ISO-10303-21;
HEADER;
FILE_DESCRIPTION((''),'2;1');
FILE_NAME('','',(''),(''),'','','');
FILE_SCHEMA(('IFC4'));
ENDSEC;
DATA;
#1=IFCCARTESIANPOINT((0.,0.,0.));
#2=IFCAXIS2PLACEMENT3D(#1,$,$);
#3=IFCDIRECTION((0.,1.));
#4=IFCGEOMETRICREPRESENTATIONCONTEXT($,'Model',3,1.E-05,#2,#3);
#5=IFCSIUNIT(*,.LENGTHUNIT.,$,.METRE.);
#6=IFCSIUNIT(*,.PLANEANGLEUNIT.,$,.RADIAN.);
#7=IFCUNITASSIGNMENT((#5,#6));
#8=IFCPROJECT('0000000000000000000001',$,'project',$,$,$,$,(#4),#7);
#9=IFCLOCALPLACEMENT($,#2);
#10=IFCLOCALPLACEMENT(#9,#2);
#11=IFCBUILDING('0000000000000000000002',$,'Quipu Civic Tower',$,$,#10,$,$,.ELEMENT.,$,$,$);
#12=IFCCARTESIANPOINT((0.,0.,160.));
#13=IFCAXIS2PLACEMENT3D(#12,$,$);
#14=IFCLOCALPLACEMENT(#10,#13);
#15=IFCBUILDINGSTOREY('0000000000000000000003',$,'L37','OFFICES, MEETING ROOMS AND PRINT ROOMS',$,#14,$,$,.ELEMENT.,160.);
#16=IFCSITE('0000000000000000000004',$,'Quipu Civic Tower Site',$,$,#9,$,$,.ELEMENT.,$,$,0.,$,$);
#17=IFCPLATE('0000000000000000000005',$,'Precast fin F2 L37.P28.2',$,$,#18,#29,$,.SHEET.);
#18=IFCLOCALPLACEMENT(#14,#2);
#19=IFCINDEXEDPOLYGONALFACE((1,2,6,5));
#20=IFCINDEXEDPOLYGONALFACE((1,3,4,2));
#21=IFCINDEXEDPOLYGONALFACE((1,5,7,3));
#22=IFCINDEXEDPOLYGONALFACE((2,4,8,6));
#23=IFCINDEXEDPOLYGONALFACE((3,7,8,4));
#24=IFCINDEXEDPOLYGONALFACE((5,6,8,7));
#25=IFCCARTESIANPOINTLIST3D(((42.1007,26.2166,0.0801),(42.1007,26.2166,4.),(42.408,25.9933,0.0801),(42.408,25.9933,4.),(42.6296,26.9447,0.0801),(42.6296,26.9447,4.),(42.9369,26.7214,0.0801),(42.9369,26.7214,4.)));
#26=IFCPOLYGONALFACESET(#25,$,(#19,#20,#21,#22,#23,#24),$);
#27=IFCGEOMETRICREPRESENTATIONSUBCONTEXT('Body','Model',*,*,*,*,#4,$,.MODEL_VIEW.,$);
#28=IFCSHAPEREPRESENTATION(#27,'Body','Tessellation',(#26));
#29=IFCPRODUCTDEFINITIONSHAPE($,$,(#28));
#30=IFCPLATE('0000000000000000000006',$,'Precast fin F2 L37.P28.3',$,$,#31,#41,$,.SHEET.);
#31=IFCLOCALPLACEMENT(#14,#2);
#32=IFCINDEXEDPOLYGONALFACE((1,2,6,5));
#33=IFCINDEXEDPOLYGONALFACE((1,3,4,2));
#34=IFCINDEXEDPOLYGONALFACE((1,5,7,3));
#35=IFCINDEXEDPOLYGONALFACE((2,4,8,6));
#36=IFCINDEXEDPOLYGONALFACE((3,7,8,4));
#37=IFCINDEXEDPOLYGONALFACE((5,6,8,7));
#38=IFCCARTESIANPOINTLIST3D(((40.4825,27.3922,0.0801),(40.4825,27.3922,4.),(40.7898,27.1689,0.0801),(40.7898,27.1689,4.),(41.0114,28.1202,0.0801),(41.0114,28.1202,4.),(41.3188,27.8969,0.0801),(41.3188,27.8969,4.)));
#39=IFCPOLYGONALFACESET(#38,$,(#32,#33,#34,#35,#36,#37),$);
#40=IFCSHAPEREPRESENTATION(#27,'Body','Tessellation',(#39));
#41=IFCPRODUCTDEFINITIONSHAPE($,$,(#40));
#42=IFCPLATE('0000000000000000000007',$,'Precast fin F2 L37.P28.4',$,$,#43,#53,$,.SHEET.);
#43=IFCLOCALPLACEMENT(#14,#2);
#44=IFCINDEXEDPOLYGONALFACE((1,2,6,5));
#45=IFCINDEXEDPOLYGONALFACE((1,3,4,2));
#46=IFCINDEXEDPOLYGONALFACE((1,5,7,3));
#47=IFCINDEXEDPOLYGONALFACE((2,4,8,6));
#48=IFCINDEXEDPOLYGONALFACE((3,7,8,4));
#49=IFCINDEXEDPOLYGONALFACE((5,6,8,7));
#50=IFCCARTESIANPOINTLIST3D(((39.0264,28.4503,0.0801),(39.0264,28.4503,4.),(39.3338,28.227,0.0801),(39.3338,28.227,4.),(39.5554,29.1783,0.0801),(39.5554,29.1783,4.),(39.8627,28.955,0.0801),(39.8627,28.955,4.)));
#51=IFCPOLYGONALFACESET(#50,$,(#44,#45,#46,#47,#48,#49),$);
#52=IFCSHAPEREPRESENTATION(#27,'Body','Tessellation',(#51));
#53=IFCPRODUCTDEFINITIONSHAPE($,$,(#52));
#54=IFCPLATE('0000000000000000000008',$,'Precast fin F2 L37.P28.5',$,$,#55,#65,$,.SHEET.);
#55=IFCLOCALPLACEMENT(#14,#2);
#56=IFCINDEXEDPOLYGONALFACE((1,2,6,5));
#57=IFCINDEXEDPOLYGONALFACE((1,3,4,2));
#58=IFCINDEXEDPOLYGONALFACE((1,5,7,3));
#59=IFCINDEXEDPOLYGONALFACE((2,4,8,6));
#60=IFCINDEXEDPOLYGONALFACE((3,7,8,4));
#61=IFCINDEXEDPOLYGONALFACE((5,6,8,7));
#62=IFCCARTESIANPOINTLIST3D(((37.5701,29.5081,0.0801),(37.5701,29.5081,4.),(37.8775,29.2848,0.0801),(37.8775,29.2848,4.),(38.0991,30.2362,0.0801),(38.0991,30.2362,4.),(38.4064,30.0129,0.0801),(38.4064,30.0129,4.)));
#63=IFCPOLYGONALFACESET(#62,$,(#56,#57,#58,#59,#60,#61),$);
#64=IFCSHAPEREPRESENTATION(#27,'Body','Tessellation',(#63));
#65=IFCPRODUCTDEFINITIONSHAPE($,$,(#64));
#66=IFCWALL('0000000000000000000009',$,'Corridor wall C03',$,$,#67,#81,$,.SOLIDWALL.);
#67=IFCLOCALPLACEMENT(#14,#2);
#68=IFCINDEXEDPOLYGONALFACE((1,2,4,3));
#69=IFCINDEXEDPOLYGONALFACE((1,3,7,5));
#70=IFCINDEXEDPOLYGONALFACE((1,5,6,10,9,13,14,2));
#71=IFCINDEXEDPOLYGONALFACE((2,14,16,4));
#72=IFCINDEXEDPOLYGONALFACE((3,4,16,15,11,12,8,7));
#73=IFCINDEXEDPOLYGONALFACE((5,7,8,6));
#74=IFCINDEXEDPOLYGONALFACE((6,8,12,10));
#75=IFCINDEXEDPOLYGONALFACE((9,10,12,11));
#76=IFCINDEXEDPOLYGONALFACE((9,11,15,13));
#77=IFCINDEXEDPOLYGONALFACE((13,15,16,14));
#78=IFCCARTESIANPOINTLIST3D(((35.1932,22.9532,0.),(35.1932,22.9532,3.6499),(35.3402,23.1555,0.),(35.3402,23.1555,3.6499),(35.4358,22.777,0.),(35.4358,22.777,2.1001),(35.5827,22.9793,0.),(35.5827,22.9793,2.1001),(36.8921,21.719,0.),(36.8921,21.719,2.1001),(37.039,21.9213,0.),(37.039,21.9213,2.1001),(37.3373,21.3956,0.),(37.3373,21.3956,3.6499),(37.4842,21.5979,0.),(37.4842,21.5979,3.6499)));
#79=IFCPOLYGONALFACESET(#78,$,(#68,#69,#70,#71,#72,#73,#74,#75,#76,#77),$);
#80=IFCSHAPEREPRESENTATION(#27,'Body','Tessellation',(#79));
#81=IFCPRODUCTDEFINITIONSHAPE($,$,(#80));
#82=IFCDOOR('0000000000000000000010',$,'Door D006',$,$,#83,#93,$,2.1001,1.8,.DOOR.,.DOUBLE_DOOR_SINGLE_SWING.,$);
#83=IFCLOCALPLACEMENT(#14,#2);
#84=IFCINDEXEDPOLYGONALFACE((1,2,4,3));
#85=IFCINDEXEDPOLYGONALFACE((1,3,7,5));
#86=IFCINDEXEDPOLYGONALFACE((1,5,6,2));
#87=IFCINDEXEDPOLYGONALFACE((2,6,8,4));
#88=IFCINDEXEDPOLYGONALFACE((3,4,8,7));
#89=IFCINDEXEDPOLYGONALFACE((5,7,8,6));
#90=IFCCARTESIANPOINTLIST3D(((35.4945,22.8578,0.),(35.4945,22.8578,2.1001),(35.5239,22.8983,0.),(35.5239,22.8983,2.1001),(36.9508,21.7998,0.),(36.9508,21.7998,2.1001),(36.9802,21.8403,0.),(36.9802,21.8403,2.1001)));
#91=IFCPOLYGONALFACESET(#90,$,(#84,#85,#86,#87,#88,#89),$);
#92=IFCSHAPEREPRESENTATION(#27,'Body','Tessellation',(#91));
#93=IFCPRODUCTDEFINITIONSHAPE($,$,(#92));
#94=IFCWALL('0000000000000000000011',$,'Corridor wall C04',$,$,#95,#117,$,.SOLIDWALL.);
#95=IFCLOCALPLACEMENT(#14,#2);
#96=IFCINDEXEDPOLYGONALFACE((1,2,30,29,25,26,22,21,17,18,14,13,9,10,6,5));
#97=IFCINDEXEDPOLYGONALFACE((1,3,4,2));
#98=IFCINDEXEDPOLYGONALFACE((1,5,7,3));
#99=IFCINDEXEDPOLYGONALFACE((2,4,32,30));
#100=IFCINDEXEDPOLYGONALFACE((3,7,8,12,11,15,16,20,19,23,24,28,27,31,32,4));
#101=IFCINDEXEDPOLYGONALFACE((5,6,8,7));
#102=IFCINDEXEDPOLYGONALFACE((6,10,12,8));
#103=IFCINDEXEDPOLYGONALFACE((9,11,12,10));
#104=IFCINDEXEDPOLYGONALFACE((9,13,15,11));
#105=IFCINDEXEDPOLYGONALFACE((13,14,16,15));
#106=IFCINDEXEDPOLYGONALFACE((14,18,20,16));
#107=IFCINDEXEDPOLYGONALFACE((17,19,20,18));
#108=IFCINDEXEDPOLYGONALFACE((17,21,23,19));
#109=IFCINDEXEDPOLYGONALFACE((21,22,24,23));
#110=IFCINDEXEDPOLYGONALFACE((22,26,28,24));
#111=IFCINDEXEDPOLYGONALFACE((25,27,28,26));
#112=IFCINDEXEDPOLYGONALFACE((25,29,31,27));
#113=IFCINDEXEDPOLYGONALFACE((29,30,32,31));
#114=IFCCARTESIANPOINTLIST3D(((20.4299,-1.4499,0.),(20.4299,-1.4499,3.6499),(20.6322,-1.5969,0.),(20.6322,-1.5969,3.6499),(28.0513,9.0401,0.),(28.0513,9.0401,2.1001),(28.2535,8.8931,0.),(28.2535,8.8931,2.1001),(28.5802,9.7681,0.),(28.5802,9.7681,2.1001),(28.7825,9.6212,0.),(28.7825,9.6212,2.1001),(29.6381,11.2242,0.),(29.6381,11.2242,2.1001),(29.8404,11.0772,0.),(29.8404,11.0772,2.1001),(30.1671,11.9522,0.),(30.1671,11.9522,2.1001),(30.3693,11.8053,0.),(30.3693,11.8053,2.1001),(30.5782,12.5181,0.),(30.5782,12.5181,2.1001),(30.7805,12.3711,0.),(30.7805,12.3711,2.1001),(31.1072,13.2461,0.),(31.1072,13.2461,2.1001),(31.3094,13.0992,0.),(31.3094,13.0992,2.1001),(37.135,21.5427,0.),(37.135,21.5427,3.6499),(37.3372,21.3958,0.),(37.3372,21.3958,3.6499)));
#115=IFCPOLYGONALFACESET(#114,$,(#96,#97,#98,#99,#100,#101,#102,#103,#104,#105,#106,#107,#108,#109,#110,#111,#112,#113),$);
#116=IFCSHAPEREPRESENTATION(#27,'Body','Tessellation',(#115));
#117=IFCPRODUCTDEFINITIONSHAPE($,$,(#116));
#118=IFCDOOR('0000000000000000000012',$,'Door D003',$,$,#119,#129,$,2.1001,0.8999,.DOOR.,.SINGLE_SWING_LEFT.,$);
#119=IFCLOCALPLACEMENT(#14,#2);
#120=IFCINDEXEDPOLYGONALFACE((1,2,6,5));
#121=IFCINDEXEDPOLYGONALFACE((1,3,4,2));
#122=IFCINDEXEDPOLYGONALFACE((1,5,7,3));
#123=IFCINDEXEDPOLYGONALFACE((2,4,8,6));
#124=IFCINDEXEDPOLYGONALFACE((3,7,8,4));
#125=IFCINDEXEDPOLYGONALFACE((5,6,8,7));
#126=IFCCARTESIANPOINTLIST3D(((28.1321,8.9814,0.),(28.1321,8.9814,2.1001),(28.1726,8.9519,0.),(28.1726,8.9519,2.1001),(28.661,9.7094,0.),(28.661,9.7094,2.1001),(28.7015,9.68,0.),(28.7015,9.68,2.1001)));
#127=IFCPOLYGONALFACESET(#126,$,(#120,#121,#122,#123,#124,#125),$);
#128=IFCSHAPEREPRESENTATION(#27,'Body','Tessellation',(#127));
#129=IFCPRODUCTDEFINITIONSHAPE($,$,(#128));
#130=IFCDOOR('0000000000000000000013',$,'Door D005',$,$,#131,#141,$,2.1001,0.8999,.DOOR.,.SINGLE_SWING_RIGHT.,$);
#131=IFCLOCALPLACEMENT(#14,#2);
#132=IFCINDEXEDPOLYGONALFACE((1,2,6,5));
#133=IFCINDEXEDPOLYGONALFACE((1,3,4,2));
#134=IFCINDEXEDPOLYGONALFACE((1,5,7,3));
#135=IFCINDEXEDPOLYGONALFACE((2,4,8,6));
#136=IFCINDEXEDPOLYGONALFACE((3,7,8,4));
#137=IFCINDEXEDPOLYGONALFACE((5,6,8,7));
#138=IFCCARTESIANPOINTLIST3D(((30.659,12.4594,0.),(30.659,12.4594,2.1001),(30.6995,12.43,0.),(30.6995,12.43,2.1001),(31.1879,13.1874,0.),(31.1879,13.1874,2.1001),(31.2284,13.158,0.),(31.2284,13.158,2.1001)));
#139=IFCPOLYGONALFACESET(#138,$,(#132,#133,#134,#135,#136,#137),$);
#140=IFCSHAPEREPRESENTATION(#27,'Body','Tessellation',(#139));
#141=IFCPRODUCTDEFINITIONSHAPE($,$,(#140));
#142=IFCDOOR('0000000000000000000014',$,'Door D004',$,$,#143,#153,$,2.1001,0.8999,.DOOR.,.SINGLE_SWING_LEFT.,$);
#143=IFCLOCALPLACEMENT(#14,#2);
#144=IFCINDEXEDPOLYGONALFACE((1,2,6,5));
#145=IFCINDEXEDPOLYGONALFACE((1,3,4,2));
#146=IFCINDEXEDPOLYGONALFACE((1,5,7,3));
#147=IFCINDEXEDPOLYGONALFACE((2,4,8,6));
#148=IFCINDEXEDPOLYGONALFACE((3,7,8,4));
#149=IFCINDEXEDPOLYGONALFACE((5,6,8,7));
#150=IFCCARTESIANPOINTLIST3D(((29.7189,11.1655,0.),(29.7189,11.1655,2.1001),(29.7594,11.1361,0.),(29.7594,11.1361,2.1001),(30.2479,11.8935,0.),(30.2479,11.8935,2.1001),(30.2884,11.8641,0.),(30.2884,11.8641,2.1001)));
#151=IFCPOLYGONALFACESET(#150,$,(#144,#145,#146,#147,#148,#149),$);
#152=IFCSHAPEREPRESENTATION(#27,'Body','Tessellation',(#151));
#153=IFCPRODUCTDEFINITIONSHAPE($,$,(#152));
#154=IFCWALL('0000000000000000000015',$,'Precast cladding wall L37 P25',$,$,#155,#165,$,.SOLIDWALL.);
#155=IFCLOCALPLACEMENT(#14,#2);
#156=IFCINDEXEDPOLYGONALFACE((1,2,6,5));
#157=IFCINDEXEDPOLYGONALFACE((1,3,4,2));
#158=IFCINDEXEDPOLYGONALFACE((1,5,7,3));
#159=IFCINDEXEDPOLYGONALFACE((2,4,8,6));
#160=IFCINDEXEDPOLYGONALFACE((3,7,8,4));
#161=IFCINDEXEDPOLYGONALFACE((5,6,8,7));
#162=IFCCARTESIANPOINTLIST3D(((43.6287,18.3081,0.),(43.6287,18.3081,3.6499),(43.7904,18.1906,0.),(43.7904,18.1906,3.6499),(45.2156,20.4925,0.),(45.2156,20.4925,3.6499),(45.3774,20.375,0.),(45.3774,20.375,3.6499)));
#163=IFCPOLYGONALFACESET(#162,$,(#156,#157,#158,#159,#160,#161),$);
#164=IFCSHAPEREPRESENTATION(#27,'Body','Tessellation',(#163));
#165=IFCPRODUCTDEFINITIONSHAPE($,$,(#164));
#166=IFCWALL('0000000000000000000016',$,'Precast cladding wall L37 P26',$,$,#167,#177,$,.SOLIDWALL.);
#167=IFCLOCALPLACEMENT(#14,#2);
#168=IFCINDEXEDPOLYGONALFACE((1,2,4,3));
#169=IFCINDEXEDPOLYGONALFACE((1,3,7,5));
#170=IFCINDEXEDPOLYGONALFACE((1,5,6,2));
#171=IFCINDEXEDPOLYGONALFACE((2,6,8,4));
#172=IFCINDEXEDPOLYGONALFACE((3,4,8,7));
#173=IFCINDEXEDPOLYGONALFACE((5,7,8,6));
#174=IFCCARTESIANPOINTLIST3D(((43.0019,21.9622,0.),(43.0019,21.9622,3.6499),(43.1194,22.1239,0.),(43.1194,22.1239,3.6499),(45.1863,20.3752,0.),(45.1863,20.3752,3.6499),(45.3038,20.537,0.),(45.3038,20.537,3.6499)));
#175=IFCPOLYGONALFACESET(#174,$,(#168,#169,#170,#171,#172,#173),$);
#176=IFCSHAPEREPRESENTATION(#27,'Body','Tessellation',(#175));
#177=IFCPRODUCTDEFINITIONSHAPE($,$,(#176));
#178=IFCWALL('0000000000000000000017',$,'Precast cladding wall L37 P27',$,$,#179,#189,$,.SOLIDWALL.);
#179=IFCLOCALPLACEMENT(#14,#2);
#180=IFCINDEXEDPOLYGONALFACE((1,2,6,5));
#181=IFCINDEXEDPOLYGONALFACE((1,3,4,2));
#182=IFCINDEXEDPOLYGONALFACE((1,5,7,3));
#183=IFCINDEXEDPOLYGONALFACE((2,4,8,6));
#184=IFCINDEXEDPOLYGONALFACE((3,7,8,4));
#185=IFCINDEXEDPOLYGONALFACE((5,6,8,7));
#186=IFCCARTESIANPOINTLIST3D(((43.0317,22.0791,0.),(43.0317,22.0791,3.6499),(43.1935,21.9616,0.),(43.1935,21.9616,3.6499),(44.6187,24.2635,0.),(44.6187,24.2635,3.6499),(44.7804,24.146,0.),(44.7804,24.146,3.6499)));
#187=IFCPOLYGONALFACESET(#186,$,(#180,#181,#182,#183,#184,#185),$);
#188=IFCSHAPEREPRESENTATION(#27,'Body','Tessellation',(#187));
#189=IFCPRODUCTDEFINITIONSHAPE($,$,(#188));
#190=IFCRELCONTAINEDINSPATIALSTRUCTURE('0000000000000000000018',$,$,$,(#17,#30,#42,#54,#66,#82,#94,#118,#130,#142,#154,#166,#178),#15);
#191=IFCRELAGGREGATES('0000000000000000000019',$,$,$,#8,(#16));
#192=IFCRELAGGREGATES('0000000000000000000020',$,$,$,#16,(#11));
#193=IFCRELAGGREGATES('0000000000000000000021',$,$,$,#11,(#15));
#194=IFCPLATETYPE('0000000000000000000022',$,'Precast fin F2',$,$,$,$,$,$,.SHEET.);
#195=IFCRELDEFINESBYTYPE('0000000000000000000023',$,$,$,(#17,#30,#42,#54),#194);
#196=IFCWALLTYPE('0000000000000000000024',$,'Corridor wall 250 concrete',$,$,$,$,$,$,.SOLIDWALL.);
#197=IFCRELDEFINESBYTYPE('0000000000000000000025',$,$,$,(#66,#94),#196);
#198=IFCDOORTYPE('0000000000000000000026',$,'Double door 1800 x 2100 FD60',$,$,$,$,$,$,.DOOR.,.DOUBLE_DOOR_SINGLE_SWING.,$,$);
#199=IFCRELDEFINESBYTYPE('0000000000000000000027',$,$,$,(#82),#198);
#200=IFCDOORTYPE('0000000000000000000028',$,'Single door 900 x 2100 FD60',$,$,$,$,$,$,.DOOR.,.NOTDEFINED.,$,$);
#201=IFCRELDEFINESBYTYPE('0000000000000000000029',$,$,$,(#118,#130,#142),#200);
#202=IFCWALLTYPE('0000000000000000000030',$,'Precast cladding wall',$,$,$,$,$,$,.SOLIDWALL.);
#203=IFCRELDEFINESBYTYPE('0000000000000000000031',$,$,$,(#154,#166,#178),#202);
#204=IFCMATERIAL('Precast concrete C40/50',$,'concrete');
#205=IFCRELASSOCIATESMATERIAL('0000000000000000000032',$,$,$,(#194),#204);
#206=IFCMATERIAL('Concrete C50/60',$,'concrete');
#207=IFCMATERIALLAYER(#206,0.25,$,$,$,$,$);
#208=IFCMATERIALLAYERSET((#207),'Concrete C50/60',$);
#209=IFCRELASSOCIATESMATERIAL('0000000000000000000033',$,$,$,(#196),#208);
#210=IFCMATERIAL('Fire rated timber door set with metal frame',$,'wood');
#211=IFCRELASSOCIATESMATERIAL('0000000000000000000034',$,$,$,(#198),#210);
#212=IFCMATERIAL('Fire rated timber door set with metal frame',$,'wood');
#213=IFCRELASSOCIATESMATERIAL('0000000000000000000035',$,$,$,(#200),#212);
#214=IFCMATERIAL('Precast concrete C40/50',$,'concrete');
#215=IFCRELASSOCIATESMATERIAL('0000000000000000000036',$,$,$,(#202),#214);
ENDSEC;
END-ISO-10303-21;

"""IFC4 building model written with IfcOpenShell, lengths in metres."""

from ifc_helpers import new_model, si_unit, direction, frame, frame_2d, origin, origin_2d, place, context, subcontext, project, spatial, rectangle, extrude, material, layer, layer_set, type_object, element, fill, save


model = new_model("IFC4")

# Units and contexts
model_context = context("Model", 3, precision=1e-05, world=origin(), true_north=direction((0.0, 1.0)))
body_context = subcontext(model_context, "Body", "Model", "MODEL_VIEW")
ifc_project = project(units=[si_unit("LENGTHUNIT", "METRE"), si_unit("PLANEANGLEUNIT", "RADIAN")], contexts=[model_context])

# Site, building, storey
site_placement = place(None, origin())
site = spatial("IfcSite", under=ifc_project, at=site_placement, Name="Quipu Civic Tower Site", CompositionType="ELEMENT", RefElevation=0.0)
building_placement = place(site_placement, origin())
building = spatial("IfcBuilding", under=site, at=building_placement, Name="Quipu Civic Tower", CompositionType="ELEMENT")
storey_placement = place(building_placement, frame((0.0, 0.0, 160.0)))
storey = spatial("IfcBuildingStorey", under=building, at=storey_placement, Name="L37", Description="OFFICES, MEETING ROOMS AND PRINT ROOMS", CompositionType="ELEMENT", Elevation=160.0)

# Plates
ifc_material_1 = material(Name="Precast concrete C40/50", Category="concrete")
plate_type_1 = type_object("IfcPlateType", Name="Precast fin F2", PredefinedType="SHEET", material=ifc_material_1)
for number, where, z_axis, x_axis, name in (
    (1, (42.5188, 26.469, 0.0801), (0.0, 0.0, 1.0), (-0.809017, 0.587785, 0.0), "Precast fin F2 L37.P28.2"),
    (2, (40.9006, 27.6445, 0.0801), (0.0, 0.0, 1.0), (-0.809017, 0.587785, 0.0), "Precast fin F2 L37.P28.3"),
    (3, (39.4446, 28.7026, 0.0801), (0.0, 0.0, 1.0), (-0.809017, 0.587785, 0.0), "Precast fin F2 L37.P28.4"),
    (4, (37.9883, 29.7605, 0.0801), (0.0, 0.0, 1.0), (-0.809017, 0.587785, 0.0), "Precast fin F2 L37.P28.5"),
):
    element("IfcPlate", number, at=place(storey_placement, frame(where, z_axis=z_axis, x_axis=x_axis)), inside=storey, type_object=plate_type_1, Name=name, PredefinedType="SHEET", context=body_context, shape_type="SweptSolid", body=[
        extrude(rectangle(XDim=0.3799, YDim=0.8999, at=origin_2d()), origin(), (0.0, 0.0, 1.0), 3.9199),
    ])

# Wall, opening, door
ifc_material_2 = material(Name="Concrete C50/60", Category="concrete")
ifc_layer_1 = layer(ifc_material_2, 0.25)
ifc_layer_set_1 = layer_set([ifc_layer_1], Name="Concrete C50/60")
wall_type_1 = type_object("IfcWallType", Name="Corridor wall 250 concrete", PredefinedType="SOLIDWALL", material=ifc_layer_set_1)
wall_1_placement = place(storey_placement, frame((35.2666, 23.0544, 0.0), z_axis=(0.0, 0.0, 1.0), x_axis=(0.809039, -0.587755, 0.0)))
wall_1 = element("IfcWall", 5, at=wall_1_placement, inside=storey, type_object=wall_type_1, Name="Corridor wall C03", PredefinedType="SOLIDWALL", context=body_context, shape_type="SweptSolid", body=[
    extrude(rectangle(XDim=2.6501, YDim=0.25, at=frame_2d((1.3252, 0.0))), origin(), (0.0, 0.0, 1.0), 3.6499),
])
opening_1_placement = place(wall_1_placement, frame((0.3, 0.0, 0.0)))
opening_1 = element("IfcOpeningElement", 6, at=opening_1_placement, cuts=wall_1, PredefinedType="OPENING", context=body_context, shape_type="SweptSolid", body=[
    extrude(rectangle(XDim=1.8, YDim=2.1001, at=frame_2d((0.8999, 1.05))), frame((0.0, 0.135, 0.0), z_axis=(0.0, -1.0, 0.0), x_axis=(1.0, 0.0, 0.0)), (0.0, 0.0, 1.0), 0.27),
])
ifc_material_3 = material(Name="Fire rated timber door set with metal frame", Category="wood")
door_type_1 = type_object("IfcDoorType", Name="Double door 1800 x 2100 FD60", OperationType="DOUBLE_DOOR_SINGLE_SWING", PredefinedType="DOOR", material=ifc_material_3)
door_1_placement = place(opening_1_placement, origin())
door_1 = element("IfcDoor", 7, at=door_1_placement, inside=storey, type_object=door_type_1, Name="Door D006", OperationType="DOUBLE_DOOR_SINGLE_SWING", OverallHeight=2.1001, OverallWidth=1.8, PredefinedType="DOOR", context=body_context, shape_type="SweptSolid", body=[
    extrude(rectangle(XDim=1.8, YDim=2.1001, at=frame_2d((0.8999, 1.05))), frame((0.0, 0.0249, 0.0), z_axis=(0.0, -1.0, 0.0), x_axis=(1.0, 0.0, 0.0)), (0.0, 0.0, 1.0), 0.05),
])
fill(opening_1, door_1)

# Wall, openings, doors
wall_2_placement = place(storey_placement, frame((37.2361, 21.4692, 0.0), z_axis=(0.0, 0.0, 1.0), x_axis=(-0.587783, -0.809018, 0.0)))
wall_2 = element("IfcWall", 8, at=wall_2_placement, inside=storey, type_object=wall_type_1, Name="Corridor wall C04", PredefinedType="SOLIDWALL", context=body_context, shape_type="SweptSolid", body=[
    extrude(rectangle(XDim=28.4204, YDim=0.25, at=frame_2d((14.2102, 0.0))), origin(), (0.0, 0.0, 1.0), 3.6499),
])
opening_2_placement = place(wall_2_placement, frame((14.5542, 0.0, 0.0)))
opening_2 = element("IfcOpeningElement", 9, at=opening_2_placement, cuts=wall_2, PredefinedType="OPENING", context=body_context, shape_type="SweptSolid", body=[
    extrude(rectangle(XDim=0.8999, YDim=2.1001, at=frame_2d((0.45, 1.05))), frame((0.0, 0.135, 0.0), z_axis=(0.0, -1.0, 0.0), x_axis=(1.0, 0.0, 0.0)), (0.0, 0.0, 1.0), 0.27),
])
opening_3_placement = place(wall_2_placement, frame((10.2551, 0.0, 0.0)))
opening_3 = element("IfcOpeningElement", 10, at=opening_3_placement, cuts=wall_2, PredefinedType="OPENING", context=body_context, shape_type="SweptSolid", body=[
    extrude(rectangle(XDim=0.8999, YDim=2.1001, at=frame_2d((0.45, 1.05))), frame((0.0, 0.135, 0.0), z_axis=(0.0, -1.0, 0.0), x_axis=(1.0, 0.0, 0.0)), (0.0, 0.0, 1.0), 0.27),
])
opening_4_placement = place(wall_2_placement, frame((11.8545, 0.0, 0.0)))
opening_4 = element("IfcOpeningElement", 11, at=opening_4_placement, cuts=wall_2, PredefinedType="OPENING", context=body_context, shape_type="SweptSolid", body=[
    extrude(rectangle(XDim=0.8999, YDim=2.1001, at=frame_2d((0.45, 1.05))), frame((0.0, 0.135, 0.0), z_axis=(0.0, -1.0, 0.0), x_axis=(1.0, 0.0, 0.0)), (0.0, 0.0, 1.0), 0.27),
])
ifc_material_4 = material(Name="Fire rated timber door set with metal frame", Category="wood")
door_type_2 = type_object("IfcDoorType", Name="Single door 900 x 2100 FD60", OperationType="NOTDEFINED", PredefinedType="DOOR", material=ifc_material_4)
door_2_placement = place(opening_2_placement, origin())
door_2 = element("IfcDoor", 12, at=door_2_placement, inside=storey, type_object=door_type_2, Name="Door D003", OperationType="SINGLE_SWING_LEFT", OverallHeight=2.1001, OverallWidth=0.8999, PredefinedType="DOOR", context=body_context, shape_type="SweptSolid", body=[
    extrude(rectangle(XDim=0.8999, YDim=2.1001, at=frame_2d((0.45, 1.05))), frame((0.0, 0.0249, 0.0), z_axis=(0.0, -1.0, 0.0), x_axis=(1.0, 0.0, 0.0)), (0.0, 0.0, 1.0), 0.05),
])
fill(opening_2, door_2)
door_3_placement = place(opening_3_placement, origin())
door_3 = element("IfcDoor", 13, at=door_3_placement, inside=storey, type_object=door_type_2, Name="Door D005", OperationType="SINGLE_SWING_RIGHT", OverallHeight=2.1001, OverallWidth=0.8999, PredefinedType="DOOR", context=body_context, shape_type="SweptSolid", body=[
    extrude(rectangle(XDim=0.8999, YDim=2.1001, at=frame_2d((0.45, 1.05))), frame((0.0, 0.0249, 0.0), z_axis=(0.0, -1.0, 0.0), x_axis=(1.0, 0.0, 0.0)), (0.0, 0.0, 1.0), 0.05),
])
fill(opening_3, door_3)
door_4_placement = place(opening_4_placement, origin())
door_4 = element("IfcDoor", 14, at=door_4_placement, inside=storey, type_object=door_type_2, Name="Door D004", OperationType="SINGLE_SWING_LEFT", OverallHeight=2.1001, OverallWidth=0.8999, PredefinedType="DOOR", context=body_context, shape_type="SweptSolid", body=[
    extrude(rectangle(XDim=0.8999, YDim=2.1001, at=frame_2d((0.45, 1.05))), frame((0.0, 0.0249, 0.0), z_axis=(0.0, -1.0, 0.0), x_axis=(1.0, 0.0, 0.0)), (0.0, 0.0, 1.0), 0.05),
])
fill(opening_4, door_4)

# Walls
ifc_material_5 = material(Name="Precast concrete C40/50", Category="concrete")
wall_type_2 = type_object("IfcWallType", Name="Precast cladding wall", PredefinedType="SOLIDWALL", material=ifc_material_5)
for number, where, z_axis, x_axis, name in (
    (15, (43.7095, 18.2493, 0.0), (0.0, 0.0, 1.0), (0.587763, 0.809033, 0.0), "Precast cladding wall L37 P25"),
    (16, (45.2451, 20.4561, 0.0), (0.0, 0.0, 1.0), (-0.809033, 0.587763, 0.0), "Precast cladding wall L37 P26"),
    (17, (43.1125, 22.0203, 0.0), (0.0, 0.0, 1.0), (0.587763, 0.809033, 0.0), "Precast cladding wall L37 P27"),
):
    element("IfcWall", number, at=place(storey_placement, frame(where, z_axis=z_axis, x_axis=x_axis)), inside=storey, type_object=wall_type_2, Name=name, PredefinedType="SOLIDWALL", context=body_context, shape_type="SweptSolid", body=[
        extrude(rectangle(XDim=2.7, YDim=0.2, at=frame_2d((1.3501, 0.0))), origin(), (0.0, 0.0, 1.0), 3.6499),
    ])

save(model, "model.ifc")
